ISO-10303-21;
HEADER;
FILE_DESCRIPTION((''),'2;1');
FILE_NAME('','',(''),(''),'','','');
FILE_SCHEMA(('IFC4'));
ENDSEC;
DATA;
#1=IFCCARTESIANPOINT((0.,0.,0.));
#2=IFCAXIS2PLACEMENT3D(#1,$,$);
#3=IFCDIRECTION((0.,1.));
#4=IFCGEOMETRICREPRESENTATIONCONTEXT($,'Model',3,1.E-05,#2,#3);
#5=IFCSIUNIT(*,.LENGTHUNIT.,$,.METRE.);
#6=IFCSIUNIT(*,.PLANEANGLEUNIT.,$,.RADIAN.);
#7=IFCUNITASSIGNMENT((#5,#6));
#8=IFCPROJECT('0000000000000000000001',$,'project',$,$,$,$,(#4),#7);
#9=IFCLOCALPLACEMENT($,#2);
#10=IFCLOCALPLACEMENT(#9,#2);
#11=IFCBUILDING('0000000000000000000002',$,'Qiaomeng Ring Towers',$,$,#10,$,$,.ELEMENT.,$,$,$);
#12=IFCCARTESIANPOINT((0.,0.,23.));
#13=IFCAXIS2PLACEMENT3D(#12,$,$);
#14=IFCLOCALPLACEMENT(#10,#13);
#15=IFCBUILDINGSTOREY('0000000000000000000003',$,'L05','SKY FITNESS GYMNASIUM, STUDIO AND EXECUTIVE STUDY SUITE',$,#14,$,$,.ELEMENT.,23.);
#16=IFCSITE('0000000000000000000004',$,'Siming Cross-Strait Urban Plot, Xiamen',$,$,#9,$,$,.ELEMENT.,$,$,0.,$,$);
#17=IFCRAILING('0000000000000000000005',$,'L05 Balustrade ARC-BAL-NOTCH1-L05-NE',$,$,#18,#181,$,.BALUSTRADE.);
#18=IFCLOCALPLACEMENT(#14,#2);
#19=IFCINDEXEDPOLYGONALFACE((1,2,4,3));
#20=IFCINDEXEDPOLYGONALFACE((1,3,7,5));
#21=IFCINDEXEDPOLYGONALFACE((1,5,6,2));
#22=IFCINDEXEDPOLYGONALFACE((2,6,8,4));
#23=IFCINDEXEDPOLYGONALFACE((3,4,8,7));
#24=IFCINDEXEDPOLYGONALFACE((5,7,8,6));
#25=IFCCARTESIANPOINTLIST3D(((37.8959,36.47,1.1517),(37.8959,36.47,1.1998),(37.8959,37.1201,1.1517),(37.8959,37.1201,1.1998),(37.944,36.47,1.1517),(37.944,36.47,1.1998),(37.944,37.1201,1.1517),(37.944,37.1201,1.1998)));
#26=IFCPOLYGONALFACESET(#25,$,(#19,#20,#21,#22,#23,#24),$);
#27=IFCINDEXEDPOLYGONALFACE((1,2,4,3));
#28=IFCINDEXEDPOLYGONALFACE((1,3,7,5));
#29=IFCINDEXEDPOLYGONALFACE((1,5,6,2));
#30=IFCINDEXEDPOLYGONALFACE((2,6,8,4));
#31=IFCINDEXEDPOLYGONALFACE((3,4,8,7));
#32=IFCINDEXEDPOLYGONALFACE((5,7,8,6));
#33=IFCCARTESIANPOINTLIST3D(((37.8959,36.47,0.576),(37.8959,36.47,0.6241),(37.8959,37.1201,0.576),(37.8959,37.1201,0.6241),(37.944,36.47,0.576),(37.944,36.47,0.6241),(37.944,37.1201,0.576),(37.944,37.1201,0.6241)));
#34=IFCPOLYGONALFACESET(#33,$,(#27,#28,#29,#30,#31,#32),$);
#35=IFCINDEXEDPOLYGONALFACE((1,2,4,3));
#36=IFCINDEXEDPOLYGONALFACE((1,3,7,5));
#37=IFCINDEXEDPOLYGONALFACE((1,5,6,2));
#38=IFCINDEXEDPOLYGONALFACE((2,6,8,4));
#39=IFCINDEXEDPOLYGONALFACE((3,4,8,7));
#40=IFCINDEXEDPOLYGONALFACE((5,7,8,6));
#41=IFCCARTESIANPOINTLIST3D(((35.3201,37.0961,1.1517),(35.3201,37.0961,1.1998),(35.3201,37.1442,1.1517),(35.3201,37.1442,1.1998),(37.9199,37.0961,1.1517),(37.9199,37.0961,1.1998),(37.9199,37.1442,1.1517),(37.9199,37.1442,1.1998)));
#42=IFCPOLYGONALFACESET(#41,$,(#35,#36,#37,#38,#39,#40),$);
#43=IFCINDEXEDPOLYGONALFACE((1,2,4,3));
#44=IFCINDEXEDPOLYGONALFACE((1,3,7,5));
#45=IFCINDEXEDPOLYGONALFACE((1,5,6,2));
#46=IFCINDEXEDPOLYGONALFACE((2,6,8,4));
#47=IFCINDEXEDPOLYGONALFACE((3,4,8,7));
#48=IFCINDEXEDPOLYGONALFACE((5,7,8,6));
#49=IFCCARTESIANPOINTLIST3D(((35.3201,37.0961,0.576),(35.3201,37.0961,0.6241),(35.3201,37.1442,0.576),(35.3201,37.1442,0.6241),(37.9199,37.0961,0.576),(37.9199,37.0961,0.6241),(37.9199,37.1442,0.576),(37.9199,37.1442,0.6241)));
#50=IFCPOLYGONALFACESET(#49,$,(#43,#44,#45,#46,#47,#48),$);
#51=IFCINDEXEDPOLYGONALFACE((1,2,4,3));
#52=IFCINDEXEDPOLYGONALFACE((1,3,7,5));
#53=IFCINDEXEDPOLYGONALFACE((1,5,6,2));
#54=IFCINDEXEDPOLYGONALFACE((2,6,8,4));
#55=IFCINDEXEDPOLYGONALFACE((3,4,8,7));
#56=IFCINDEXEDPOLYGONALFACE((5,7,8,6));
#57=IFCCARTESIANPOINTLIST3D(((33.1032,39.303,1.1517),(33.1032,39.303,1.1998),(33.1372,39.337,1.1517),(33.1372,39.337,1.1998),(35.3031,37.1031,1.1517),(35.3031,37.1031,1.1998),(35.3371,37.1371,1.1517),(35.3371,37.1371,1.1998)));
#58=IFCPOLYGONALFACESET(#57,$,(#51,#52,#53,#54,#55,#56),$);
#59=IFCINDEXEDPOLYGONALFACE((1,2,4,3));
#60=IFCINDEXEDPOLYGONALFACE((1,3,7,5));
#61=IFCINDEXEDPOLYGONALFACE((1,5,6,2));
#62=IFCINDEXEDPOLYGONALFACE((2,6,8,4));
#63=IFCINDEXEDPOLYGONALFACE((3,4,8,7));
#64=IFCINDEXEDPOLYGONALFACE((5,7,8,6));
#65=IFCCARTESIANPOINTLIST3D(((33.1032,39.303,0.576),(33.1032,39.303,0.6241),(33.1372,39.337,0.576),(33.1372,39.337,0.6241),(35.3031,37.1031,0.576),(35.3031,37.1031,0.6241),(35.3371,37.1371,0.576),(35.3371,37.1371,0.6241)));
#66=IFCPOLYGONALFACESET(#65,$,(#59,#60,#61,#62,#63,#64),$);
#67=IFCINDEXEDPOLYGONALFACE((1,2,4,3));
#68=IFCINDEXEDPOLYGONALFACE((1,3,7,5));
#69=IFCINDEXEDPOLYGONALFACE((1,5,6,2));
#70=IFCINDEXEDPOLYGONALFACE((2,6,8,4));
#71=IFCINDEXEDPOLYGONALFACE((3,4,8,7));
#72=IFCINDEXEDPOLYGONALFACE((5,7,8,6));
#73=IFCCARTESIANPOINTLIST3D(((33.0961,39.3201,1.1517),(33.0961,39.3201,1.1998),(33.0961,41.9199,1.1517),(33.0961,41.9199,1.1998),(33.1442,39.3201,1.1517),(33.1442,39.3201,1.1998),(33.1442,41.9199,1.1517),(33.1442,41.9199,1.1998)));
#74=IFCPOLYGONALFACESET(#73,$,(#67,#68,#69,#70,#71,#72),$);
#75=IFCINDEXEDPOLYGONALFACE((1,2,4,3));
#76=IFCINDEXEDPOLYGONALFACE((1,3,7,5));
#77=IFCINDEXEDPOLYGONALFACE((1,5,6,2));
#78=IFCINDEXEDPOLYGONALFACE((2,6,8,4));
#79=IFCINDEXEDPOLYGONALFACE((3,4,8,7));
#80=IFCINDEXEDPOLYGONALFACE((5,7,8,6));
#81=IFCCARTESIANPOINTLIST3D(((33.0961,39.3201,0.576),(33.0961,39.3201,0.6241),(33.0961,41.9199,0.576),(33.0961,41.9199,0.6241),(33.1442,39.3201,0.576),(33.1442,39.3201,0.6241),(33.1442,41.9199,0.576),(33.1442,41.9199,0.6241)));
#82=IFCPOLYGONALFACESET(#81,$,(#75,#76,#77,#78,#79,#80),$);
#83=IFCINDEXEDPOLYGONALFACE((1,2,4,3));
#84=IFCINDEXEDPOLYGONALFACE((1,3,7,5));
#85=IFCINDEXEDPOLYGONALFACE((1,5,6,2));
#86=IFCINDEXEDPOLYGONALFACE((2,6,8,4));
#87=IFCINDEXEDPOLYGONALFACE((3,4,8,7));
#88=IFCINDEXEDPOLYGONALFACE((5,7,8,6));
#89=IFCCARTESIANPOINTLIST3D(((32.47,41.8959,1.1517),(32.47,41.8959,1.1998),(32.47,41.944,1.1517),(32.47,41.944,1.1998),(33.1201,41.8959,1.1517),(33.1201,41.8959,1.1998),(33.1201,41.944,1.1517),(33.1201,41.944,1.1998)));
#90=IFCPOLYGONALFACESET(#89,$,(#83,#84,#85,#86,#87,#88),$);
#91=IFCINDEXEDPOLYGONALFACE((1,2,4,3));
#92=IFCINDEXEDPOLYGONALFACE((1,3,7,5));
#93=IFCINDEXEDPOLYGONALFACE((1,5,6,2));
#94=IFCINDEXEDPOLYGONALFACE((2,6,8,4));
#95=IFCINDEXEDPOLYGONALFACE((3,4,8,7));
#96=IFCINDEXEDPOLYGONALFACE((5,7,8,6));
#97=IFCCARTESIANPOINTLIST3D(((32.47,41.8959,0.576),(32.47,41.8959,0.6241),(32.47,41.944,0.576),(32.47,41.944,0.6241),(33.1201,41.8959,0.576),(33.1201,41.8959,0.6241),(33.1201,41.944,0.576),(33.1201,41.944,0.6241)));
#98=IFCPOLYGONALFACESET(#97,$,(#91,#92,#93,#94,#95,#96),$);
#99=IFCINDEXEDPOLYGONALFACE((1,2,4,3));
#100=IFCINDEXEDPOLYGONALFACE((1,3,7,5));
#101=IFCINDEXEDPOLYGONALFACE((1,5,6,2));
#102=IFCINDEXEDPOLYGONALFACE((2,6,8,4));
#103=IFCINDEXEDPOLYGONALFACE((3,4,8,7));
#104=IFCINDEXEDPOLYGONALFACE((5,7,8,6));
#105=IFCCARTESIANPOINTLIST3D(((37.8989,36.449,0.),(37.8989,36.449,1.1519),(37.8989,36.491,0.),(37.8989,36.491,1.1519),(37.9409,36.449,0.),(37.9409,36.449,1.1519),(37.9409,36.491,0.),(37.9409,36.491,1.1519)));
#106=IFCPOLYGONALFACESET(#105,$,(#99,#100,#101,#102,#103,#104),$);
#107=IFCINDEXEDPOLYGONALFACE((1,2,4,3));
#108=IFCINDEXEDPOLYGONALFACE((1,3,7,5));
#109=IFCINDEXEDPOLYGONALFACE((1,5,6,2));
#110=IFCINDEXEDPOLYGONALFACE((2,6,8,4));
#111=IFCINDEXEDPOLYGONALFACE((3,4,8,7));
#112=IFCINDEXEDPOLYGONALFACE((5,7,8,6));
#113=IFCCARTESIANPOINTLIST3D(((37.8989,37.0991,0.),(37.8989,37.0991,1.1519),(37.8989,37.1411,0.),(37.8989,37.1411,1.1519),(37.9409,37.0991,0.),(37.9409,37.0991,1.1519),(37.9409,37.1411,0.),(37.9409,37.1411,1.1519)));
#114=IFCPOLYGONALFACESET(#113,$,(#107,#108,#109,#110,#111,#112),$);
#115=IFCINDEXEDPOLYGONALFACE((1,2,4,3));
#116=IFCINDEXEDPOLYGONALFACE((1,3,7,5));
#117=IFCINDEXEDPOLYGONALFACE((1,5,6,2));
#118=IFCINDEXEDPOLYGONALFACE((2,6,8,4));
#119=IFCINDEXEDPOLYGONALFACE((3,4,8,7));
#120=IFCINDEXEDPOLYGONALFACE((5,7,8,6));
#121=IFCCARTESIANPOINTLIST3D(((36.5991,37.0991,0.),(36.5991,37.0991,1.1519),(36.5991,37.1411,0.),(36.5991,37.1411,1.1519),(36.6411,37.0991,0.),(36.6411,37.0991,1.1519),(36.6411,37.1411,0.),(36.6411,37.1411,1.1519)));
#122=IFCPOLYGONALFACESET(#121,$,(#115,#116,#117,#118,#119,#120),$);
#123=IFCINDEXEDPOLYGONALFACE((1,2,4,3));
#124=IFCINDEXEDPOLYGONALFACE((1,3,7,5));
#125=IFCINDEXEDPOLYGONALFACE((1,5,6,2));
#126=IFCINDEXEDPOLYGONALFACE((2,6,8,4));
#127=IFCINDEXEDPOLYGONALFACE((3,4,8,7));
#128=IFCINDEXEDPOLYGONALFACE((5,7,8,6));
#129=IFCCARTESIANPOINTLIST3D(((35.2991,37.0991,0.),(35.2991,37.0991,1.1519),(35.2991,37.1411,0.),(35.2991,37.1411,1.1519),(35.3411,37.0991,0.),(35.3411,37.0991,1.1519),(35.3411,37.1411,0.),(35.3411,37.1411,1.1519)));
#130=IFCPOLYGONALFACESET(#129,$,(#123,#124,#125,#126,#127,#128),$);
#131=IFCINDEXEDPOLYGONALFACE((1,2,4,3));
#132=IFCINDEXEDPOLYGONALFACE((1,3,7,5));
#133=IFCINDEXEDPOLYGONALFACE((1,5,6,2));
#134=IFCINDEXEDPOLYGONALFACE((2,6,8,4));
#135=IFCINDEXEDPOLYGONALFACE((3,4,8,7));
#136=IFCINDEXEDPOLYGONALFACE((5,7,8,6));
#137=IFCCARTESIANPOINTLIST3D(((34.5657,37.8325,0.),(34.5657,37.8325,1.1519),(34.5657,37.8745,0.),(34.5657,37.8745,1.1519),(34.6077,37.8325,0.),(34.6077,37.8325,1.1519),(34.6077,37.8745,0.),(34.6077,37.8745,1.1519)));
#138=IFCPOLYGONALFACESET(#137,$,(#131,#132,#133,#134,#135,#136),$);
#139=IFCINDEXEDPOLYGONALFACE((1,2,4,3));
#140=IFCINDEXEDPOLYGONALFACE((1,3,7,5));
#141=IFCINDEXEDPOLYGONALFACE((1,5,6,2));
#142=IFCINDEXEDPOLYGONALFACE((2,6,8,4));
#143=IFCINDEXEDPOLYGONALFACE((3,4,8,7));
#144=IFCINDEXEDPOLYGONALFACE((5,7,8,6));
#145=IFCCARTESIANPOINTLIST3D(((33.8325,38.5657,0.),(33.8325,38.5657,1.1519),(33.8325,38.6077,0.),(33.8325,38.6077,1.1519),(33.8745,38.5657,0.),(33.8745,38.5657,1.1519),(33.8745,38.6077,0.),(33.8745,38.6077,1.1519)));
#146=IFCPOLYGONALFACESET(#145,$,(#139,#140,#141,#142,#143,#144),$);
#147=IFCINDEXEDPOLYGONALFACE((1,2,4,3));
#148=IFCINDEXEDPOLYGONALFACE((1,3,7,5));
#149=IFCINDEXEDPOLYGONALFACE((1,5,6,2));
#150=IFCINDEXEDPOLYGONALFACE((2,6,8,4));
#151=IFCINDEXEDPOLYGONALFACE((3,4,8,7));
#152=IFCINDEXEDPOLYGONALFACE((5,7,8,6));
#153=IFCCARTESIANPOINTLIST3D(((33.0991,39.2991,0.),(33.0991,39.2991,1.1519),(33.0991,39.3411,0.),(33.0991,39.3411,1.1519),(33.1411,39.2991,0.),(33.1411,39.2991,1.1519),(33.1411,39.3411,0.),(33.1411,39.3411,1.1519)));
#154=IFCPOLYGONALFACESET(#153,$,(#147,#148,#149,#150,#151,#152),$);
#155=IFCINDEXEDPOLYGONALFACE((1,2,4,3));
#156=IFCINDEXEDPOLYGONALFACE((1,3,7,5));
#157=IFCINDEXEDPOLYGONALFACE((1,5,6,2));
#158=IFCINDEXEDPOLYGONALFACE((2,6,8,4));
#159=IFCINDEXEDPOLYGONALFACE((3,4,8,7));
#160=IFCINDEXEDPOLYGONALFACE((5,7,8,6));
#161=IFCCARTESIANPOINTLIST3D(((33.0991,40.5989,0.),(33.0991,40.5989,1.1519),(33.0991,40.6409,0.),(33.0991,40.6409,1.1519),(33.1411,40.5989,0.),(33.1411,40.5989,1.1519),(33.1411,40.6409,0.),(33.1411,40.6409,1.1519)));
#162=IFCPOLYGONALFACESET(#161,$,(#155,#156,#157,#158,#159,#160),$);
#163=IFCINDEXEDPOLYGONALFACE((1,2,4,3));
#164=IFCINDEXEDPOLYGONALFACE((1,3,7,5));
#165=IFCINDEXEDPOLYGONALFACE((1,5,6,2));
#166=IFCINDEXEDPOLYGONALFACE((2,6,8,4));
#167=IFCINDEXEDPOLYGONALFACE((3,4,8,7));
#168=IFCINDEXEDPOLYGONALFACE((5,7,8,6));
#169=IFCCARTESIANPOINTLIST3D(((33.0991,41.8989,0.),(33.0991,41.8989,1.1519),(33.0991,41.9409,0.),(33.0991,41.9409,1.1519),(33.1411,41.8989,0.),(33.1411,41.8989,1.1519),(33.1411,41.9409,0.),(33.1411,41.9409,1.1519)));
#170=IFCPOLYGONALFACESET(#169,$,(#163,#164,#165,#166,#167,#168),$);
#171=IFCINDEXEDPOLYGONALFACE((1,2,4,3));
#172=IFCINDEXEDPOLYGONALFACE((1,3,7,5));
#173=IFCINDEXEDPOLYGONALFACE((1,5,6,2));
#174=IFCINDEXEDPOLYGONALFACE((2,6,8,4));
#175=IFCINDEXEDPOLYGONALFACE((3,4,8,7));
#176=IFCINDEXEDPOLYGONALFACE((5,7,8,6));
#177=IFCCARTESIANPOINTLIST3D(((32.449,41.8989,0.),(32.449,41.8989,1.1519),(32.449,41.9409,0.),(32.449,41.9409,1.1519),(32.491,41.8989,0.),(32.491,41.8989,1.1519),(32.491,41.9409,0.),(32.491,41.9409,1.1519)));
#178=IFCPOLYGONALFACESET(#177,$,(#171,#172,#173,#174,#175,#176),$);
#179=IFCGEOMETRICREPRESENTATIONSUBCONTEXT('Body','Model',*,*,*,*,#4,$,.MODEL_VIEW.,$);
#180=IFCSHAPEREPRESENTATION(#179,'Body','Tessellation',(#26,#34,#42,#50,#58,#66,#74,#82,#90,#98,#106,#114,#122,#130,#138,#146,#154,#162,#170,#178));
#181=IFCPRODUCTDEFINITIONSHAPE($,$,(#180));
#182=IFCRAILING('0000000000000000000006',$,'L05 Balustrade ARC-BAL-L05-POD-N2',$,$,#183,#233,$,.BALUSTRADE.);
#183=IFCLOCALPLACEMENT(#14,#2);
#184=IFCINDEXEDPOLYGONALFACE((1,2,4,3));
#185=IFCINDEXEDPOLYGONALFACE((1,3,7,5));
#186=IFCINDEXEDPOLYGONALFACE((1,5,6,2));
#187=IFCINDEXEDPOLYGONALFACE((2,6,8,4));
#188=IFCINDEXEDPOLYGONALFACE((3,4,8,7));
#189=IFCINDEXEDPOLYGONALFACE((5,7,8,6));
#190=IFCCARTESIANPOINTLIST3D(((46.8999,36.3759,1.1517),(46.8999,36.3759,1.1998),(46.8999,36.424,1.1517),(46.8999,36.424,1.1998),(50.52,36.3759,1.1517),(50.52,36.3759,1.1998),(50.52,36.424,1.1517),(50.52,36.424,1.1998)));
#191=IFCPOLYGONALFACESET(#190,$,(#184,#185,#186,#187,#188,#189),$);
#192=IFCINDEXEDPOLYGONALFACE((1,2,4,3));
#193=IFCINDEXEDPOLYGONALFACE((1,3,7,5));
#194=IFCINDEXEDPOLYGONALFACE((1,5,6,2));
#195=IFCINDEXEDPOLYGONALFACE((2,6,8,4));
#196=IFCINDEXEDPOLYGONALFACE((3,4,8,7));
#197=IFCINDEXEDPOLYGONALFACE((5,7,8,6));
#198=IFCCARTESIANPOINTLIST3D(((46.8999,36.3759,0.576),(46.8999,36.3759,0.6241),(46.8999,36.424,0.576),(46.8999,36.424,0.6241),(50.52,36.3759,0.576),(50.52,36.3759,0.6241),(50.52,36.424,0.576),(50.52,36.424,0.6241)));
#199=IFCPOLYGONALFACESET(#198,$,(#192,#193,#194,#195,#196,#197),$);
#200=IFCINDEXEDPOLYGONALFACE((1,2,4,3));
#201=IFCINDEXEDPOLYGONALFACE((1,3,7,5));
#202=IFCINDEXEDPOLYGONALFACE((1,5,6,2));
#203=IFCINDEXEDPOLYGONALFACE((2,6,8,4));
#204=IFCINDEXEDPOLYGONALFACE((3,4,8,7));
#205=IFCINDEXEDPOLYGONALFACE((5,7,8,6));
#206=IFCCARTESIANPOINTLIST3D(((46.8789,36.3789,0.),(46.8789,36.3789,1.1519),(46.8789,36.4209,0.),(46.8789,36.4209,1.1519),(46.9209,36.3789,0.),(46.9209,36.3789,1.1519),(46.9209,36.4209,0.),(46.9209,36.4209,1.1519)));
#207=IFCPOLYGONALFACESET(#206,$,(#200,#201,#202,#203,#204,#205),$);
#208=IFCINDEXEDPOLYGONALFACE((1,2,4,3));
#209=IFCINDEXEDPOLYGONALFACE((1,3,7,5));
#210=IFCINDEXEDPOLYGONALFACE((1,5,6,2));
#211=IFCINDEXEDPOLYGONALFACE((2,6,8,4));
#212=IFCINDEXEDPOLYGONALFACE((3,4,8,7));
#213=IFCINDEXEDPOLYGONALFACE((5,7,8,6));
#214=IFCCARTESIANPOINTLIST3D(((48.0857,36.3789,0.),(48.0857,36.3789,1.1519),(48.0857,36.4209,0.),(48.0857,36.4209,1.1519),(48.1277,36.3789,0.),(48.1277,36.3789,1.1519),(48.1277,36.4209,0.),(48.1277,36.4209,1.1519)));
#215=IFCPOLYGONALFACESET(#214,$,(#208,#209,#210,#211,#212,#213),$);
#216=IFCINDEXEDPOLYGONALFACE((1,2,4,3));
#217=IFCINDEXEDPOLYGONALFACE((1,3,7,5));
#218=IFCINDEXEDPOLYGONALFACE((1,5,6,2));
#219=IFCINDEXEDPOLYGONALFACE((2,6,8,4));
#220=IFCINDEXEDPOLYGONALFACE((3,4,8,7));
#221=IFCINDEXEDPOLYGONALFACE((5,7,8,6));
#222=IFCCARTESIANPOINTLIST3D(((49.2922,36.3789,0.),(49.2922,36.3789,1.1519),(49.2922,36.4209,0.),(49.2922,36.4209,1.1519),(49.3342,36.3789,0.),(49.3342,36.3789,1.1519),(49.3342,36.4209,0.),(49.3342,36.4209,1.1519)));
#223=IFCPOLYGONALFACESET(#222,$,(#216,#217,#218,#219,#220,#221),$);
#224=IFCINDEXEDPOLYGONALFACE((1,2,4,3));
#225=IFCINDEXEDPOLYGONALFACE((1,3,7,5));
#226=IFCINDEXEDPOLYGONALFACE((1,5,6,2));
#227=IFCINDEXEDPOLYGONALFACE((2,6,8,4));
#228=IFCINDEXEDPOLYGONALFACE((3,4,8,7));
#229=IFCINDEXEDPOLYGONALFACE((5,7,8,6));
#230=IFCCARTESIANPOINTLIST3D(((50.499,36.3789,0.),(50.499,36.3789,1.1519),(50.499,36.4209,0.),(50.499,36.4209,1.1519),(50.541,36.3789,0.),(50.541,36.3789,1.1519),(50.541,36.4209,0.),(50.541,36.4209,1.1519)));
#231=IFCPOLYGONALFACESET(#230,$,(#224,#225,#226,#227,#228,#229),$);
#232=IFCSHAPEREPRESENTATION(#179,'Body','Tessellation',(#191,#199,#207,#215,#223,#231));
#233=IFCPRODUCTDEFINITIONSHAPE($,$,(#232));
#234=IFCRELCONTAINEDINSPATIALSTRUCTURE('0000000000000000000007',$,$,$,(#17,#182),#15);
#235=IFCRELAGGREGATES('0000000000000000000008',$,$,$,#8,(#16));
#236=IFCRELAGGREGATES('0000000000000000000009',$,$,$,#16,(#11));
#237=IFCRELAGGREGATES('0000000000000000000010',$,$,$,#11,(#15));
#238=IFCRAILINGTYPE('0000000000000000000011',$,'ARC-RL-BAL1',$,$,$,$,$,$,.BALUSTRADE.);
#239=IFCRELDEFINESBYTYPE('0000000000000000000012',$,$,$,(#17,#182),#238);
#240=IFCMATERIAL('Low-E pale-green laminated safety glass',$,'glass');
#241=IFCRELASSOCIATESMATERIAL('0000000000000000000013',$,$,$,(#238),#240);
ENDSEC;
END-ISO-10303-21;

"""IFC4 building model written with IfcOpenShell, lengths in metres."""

from ifc_helpers import new_model, si_unit, direction, frame, origin, origin_2d, place, context, subcontext, project, spatial, rectangle, extrude, material, type_object, element, save


model = new_model("IFC4")

# Units and contexts
model_context = context("Model", 3, precision=1e-05, world=origin(), true_north=direction((0.0, 1.0)))
body_context = subcontext(model_context, "Body", "Model", "MODEL_VIEW")
ifc_project = project(units=[si_unit("LENGTHUNIT", "METRE"), si_unit("PLANEANGLEUNIT", "RADIAN")], contexts=[model_context])

# Site, building, storey
site_placement = place(None, origin())
site = spatial("IfcSite", under=ifc_project, at=site_placement, Name="Siming Cross-Strait Urban Plot, Xiamen", CompositionType="ELEMENT", RefElevation=0.0)
building_placement = place(site_placement, origin())
building = spatial("IfcBuilding", under=site, at=building_placement, Name="Qiaomeng Ring Towers", CompositionType="ELEMENT")
storey_placement = place(building_placement, frame((0.0, 0.0, 23.0)))
storey = spatial("IfcBuildingStorey", under=building, at=storey_placement, Name="L05", Description="SKY FITNESS GYMNASIUM, STUDIO AND EXECUTIVE STUDY SUITE", CompositionType="ELEMENT", Elevation=23.0)

# Railings
ifc_material_1 = material(Name="Low-E pale-green laminated safety glass", Category="glass")
railing_type = type_object("IfcRailingType", Name="ARC-RL-BAL1", PredefinedType="BALUSTRADE", material=ifc_material_1)
railing_1_placement = place(storey_placement, frame((37.9199, 36.47, 0.0)))
element("IfcRailing", 1, at=railing_1_placement, inside=storey, type_object=railing_type, Name="L05 Balustrade ARC-BAL-NOTCH1-L05-NE", PredefinedType="BALUSTRADE", context=body_context, shape_type="SweptSolid", body=[
    extrude(rectangle(XDim=0.0481, YDim=0.0481, at=origin_2d()), frame((0.0, 0.0, 1.1758), z_axis=(0.0, 1.0, 0.0), x_axis=(-1.0, 0.0, 0.0)), (0.0, 0.0, 1.0), 0.6501),
    extrude(rectangle(XDim=0.0481, YDim=0.0481, at=origin_2d()), frame((0.0, 0.0, 0.6001), z_axis=(0.0, 1.0, 0.0), x_axis=(-1.0, 0.0, 0.0)), (0.0, 0.0, 1.0), 0.6501),
    extrude(rectangle(XDim=0.0481, YDim=0.0481, at=origin_2d()), frame((0.0, 0.6501, 1.1758), z_axis=(-1.0, 0.0, 0.0), x_axis=(0.0, -1.0, 0.0)), (0.0, 0.0, 1.0), 2.5999),
    extrude(rectangle(XDim=0.0481, YDim=0.0481, at=origin_2d()), frame((0.0, 0.6501, 0.6001), z_axis=(-1.0, 0.0, 0.0), x_axis=(0.0, -1.0, 0.0)), (0.0, 0.0, 1.0), 2.5999),
    extrude(rectangle(XDim=0.0481, YDim=0.0481, at=origin_2d()), frame((-2.5999, 0.6501, 1.1758), z_axis=(-0.707107, 0.707107, 0.0), x_axis=(-0.707107, -0.707107, 0.0)), (0.0, 0.0, 1.0), 3.1111),
    extrude(rectangle(XDim=0.0481, YDim=0.0481, at=origin_2d()), frame((-2.5999, 0.6501, 0.6001), z_axis=(-0.707107, 0.707107, 0.0), x_axis=(-0.707107, -0.707107, 0.0)), (0.0, 0.0, 1.0), 3.1111),
    extrude(rectangle(XDim=0.0481, YDim=0.0481, at=origin_2d()), frame((-4.7998, 2.8501, 1.1758), z_axis=(0.0, 1.0, 0.0), x_axis=(-1.0, 0.0, 0.0)), (0.0, 0.0, 1.0), 2.5999),
    extrude(rectangle(XDim=0.0481, YDim=0.0481, at=origin_2d()), frame((-4.7998, 2.8501, 0.6001), z_axis=(0.0, 1.0, 0.0), x_axis=(-1.0, 0.0, 0.0)), (0.0, 0.0, 1.0), 2.5999),
    extrude(rectangle(XDim=0.0481, YDim=0.0481, at=origin_2d()), frame((-4.7998, 5.45, 1.1758), z_axis=(-1.0, 0.0, 0.0), x_axis=(0.0, -1.0, 0.0)), (0.0, 0.0, 1.0), 0.6501),
    extrude(rectangle(XDim=0.0481, YDim=0.0481, at=origin_2d()), frame((-4.7998, 5.45, 0.6001), z_axis=(-1.0, 0.0, 0.0), x_axis=(0.0, -1.0, 0.0)), (0.0, 0.0, 1.0), 0.6501),
    extrude(rectangle(XDim=0.042, YDim=0.042, at=origin_2d()), origin(), (0.0, 0.0, 1.0), 1.1519),
    extrude(rectangle(XDim=0.042, YDim=0.042, at=origin_2d()), frame((0.0, 0.6501, 0.0)), (0.0, 0.0, 1.0), 1.1519),
    extrude(rectangle(XDim=0.042, YDim=0.042, at=origin_2d()), frame((-1.2998, 0.6501, 0.0)), (0.0, 0.0, 1.0), 1.1519),
    extrude(rectangle(XDim=0.042, YDim=0.042, at=origin_2d()), frame((-2.5999, 0.6501, 0.0)), (0.0, 0.0, 1.0), 1.1519),
    extrude(rectangle(XDim=0.042, YDim=0.042, at=origin_2d()), frame((-3.3333, 1.3835, 0.0)), (0.0, 0.0, 1.0), 1.1519),
    extrude(rectangle(XDim=0.042, YDim=0.042, at=origin_2d()), frame((-4.0664, 2.1167, 0.0)), (0.0, 0.0, 1.0), 1.1519),
    extrude(rectangle(XDim=0.042, YDim=0.042, at=origin_2d()), frame((-4.7998, 2.8501, 0.0)), (0.0, 0.0, 1.0), 1.1519),
    extrude(rectangle(XDim=0.042, YDim=0.042, at=origin_2d()), frame((-4.7998, 4.1499, 0.0)), (0.0, 0.0, 1.0), 1.1519),
    extrude(rectangle(XDim=0.042, YDim=0.042, at=origin_2d()), frame((-4.7998, 5.45, 0.0)), (0.0, 0.0, 1.0), 1.1519),
    extrude(rectangle(XDim=0.042, YDim=0.042, at=origin_2d()), frame((-5.45, 5.45, 0.0)), (0.0, 0.0, 1.0), 1.1519),
])
railing_2_placement = place(storey_placement, frame((46.8999, 36.3999, 0.0)))
element("IfcRailing", 2, at=railing_2_placement, inside=storey, type_object=railing_type, Name="L05 Balustrade ARC-BAL-L05-POD-N2", PredefinedType="BALUSTRADE", context=body_context, shape_type="SweptSolid", body=[
    extrude(rectangle(XDim=0.0481, YDim=0.0481, at=origin_2d()), frame((0.0, 0.0, 1.1758), z_axis=(1.0, 0.0, 0.0), x_axis=(0.0, 1.0, 0.0)), (0.0, 0.0, 1.0), 3.6201),
    extrude(rectangle(XDim=0.0481, YDim=0.0481, at=origin_2d()), frame((0.0, 0.0, 0.6001), z_axis=(1.0, 0.0, 0.0), x_axis=(0.0, 1.0, 0.0)), (0.0, 0.0, 1.0), 3.6201),
    extrude(rectangle(XDim=0.042, YDim=0.042, at=origin_2d()), origin(), (0.0, 0.0, 1.0), 1.1519),
    extrude(rectangle(XDim=0.042, YDim=0.042, at=origin_2d()), frame((1.2068, 0.0, 0.0)), (0.0, 0.0, 1.0), 1.1519),
    extrude(rectangle(XDim=0.042, YDim=0.042, at=origin_2d()), frame((2.4133, 0.0, 0.0)), (0.0, 0.0, 1.0), 1.1519),
    extrude(rectangle(XDim=0.042, YDim=0.042, at=origin_2d()), frame((3.6201, 0.0, 0.0)), (0.0, 0.0, 1.0), 1.1519),
])

save(model, "model.ifc")
